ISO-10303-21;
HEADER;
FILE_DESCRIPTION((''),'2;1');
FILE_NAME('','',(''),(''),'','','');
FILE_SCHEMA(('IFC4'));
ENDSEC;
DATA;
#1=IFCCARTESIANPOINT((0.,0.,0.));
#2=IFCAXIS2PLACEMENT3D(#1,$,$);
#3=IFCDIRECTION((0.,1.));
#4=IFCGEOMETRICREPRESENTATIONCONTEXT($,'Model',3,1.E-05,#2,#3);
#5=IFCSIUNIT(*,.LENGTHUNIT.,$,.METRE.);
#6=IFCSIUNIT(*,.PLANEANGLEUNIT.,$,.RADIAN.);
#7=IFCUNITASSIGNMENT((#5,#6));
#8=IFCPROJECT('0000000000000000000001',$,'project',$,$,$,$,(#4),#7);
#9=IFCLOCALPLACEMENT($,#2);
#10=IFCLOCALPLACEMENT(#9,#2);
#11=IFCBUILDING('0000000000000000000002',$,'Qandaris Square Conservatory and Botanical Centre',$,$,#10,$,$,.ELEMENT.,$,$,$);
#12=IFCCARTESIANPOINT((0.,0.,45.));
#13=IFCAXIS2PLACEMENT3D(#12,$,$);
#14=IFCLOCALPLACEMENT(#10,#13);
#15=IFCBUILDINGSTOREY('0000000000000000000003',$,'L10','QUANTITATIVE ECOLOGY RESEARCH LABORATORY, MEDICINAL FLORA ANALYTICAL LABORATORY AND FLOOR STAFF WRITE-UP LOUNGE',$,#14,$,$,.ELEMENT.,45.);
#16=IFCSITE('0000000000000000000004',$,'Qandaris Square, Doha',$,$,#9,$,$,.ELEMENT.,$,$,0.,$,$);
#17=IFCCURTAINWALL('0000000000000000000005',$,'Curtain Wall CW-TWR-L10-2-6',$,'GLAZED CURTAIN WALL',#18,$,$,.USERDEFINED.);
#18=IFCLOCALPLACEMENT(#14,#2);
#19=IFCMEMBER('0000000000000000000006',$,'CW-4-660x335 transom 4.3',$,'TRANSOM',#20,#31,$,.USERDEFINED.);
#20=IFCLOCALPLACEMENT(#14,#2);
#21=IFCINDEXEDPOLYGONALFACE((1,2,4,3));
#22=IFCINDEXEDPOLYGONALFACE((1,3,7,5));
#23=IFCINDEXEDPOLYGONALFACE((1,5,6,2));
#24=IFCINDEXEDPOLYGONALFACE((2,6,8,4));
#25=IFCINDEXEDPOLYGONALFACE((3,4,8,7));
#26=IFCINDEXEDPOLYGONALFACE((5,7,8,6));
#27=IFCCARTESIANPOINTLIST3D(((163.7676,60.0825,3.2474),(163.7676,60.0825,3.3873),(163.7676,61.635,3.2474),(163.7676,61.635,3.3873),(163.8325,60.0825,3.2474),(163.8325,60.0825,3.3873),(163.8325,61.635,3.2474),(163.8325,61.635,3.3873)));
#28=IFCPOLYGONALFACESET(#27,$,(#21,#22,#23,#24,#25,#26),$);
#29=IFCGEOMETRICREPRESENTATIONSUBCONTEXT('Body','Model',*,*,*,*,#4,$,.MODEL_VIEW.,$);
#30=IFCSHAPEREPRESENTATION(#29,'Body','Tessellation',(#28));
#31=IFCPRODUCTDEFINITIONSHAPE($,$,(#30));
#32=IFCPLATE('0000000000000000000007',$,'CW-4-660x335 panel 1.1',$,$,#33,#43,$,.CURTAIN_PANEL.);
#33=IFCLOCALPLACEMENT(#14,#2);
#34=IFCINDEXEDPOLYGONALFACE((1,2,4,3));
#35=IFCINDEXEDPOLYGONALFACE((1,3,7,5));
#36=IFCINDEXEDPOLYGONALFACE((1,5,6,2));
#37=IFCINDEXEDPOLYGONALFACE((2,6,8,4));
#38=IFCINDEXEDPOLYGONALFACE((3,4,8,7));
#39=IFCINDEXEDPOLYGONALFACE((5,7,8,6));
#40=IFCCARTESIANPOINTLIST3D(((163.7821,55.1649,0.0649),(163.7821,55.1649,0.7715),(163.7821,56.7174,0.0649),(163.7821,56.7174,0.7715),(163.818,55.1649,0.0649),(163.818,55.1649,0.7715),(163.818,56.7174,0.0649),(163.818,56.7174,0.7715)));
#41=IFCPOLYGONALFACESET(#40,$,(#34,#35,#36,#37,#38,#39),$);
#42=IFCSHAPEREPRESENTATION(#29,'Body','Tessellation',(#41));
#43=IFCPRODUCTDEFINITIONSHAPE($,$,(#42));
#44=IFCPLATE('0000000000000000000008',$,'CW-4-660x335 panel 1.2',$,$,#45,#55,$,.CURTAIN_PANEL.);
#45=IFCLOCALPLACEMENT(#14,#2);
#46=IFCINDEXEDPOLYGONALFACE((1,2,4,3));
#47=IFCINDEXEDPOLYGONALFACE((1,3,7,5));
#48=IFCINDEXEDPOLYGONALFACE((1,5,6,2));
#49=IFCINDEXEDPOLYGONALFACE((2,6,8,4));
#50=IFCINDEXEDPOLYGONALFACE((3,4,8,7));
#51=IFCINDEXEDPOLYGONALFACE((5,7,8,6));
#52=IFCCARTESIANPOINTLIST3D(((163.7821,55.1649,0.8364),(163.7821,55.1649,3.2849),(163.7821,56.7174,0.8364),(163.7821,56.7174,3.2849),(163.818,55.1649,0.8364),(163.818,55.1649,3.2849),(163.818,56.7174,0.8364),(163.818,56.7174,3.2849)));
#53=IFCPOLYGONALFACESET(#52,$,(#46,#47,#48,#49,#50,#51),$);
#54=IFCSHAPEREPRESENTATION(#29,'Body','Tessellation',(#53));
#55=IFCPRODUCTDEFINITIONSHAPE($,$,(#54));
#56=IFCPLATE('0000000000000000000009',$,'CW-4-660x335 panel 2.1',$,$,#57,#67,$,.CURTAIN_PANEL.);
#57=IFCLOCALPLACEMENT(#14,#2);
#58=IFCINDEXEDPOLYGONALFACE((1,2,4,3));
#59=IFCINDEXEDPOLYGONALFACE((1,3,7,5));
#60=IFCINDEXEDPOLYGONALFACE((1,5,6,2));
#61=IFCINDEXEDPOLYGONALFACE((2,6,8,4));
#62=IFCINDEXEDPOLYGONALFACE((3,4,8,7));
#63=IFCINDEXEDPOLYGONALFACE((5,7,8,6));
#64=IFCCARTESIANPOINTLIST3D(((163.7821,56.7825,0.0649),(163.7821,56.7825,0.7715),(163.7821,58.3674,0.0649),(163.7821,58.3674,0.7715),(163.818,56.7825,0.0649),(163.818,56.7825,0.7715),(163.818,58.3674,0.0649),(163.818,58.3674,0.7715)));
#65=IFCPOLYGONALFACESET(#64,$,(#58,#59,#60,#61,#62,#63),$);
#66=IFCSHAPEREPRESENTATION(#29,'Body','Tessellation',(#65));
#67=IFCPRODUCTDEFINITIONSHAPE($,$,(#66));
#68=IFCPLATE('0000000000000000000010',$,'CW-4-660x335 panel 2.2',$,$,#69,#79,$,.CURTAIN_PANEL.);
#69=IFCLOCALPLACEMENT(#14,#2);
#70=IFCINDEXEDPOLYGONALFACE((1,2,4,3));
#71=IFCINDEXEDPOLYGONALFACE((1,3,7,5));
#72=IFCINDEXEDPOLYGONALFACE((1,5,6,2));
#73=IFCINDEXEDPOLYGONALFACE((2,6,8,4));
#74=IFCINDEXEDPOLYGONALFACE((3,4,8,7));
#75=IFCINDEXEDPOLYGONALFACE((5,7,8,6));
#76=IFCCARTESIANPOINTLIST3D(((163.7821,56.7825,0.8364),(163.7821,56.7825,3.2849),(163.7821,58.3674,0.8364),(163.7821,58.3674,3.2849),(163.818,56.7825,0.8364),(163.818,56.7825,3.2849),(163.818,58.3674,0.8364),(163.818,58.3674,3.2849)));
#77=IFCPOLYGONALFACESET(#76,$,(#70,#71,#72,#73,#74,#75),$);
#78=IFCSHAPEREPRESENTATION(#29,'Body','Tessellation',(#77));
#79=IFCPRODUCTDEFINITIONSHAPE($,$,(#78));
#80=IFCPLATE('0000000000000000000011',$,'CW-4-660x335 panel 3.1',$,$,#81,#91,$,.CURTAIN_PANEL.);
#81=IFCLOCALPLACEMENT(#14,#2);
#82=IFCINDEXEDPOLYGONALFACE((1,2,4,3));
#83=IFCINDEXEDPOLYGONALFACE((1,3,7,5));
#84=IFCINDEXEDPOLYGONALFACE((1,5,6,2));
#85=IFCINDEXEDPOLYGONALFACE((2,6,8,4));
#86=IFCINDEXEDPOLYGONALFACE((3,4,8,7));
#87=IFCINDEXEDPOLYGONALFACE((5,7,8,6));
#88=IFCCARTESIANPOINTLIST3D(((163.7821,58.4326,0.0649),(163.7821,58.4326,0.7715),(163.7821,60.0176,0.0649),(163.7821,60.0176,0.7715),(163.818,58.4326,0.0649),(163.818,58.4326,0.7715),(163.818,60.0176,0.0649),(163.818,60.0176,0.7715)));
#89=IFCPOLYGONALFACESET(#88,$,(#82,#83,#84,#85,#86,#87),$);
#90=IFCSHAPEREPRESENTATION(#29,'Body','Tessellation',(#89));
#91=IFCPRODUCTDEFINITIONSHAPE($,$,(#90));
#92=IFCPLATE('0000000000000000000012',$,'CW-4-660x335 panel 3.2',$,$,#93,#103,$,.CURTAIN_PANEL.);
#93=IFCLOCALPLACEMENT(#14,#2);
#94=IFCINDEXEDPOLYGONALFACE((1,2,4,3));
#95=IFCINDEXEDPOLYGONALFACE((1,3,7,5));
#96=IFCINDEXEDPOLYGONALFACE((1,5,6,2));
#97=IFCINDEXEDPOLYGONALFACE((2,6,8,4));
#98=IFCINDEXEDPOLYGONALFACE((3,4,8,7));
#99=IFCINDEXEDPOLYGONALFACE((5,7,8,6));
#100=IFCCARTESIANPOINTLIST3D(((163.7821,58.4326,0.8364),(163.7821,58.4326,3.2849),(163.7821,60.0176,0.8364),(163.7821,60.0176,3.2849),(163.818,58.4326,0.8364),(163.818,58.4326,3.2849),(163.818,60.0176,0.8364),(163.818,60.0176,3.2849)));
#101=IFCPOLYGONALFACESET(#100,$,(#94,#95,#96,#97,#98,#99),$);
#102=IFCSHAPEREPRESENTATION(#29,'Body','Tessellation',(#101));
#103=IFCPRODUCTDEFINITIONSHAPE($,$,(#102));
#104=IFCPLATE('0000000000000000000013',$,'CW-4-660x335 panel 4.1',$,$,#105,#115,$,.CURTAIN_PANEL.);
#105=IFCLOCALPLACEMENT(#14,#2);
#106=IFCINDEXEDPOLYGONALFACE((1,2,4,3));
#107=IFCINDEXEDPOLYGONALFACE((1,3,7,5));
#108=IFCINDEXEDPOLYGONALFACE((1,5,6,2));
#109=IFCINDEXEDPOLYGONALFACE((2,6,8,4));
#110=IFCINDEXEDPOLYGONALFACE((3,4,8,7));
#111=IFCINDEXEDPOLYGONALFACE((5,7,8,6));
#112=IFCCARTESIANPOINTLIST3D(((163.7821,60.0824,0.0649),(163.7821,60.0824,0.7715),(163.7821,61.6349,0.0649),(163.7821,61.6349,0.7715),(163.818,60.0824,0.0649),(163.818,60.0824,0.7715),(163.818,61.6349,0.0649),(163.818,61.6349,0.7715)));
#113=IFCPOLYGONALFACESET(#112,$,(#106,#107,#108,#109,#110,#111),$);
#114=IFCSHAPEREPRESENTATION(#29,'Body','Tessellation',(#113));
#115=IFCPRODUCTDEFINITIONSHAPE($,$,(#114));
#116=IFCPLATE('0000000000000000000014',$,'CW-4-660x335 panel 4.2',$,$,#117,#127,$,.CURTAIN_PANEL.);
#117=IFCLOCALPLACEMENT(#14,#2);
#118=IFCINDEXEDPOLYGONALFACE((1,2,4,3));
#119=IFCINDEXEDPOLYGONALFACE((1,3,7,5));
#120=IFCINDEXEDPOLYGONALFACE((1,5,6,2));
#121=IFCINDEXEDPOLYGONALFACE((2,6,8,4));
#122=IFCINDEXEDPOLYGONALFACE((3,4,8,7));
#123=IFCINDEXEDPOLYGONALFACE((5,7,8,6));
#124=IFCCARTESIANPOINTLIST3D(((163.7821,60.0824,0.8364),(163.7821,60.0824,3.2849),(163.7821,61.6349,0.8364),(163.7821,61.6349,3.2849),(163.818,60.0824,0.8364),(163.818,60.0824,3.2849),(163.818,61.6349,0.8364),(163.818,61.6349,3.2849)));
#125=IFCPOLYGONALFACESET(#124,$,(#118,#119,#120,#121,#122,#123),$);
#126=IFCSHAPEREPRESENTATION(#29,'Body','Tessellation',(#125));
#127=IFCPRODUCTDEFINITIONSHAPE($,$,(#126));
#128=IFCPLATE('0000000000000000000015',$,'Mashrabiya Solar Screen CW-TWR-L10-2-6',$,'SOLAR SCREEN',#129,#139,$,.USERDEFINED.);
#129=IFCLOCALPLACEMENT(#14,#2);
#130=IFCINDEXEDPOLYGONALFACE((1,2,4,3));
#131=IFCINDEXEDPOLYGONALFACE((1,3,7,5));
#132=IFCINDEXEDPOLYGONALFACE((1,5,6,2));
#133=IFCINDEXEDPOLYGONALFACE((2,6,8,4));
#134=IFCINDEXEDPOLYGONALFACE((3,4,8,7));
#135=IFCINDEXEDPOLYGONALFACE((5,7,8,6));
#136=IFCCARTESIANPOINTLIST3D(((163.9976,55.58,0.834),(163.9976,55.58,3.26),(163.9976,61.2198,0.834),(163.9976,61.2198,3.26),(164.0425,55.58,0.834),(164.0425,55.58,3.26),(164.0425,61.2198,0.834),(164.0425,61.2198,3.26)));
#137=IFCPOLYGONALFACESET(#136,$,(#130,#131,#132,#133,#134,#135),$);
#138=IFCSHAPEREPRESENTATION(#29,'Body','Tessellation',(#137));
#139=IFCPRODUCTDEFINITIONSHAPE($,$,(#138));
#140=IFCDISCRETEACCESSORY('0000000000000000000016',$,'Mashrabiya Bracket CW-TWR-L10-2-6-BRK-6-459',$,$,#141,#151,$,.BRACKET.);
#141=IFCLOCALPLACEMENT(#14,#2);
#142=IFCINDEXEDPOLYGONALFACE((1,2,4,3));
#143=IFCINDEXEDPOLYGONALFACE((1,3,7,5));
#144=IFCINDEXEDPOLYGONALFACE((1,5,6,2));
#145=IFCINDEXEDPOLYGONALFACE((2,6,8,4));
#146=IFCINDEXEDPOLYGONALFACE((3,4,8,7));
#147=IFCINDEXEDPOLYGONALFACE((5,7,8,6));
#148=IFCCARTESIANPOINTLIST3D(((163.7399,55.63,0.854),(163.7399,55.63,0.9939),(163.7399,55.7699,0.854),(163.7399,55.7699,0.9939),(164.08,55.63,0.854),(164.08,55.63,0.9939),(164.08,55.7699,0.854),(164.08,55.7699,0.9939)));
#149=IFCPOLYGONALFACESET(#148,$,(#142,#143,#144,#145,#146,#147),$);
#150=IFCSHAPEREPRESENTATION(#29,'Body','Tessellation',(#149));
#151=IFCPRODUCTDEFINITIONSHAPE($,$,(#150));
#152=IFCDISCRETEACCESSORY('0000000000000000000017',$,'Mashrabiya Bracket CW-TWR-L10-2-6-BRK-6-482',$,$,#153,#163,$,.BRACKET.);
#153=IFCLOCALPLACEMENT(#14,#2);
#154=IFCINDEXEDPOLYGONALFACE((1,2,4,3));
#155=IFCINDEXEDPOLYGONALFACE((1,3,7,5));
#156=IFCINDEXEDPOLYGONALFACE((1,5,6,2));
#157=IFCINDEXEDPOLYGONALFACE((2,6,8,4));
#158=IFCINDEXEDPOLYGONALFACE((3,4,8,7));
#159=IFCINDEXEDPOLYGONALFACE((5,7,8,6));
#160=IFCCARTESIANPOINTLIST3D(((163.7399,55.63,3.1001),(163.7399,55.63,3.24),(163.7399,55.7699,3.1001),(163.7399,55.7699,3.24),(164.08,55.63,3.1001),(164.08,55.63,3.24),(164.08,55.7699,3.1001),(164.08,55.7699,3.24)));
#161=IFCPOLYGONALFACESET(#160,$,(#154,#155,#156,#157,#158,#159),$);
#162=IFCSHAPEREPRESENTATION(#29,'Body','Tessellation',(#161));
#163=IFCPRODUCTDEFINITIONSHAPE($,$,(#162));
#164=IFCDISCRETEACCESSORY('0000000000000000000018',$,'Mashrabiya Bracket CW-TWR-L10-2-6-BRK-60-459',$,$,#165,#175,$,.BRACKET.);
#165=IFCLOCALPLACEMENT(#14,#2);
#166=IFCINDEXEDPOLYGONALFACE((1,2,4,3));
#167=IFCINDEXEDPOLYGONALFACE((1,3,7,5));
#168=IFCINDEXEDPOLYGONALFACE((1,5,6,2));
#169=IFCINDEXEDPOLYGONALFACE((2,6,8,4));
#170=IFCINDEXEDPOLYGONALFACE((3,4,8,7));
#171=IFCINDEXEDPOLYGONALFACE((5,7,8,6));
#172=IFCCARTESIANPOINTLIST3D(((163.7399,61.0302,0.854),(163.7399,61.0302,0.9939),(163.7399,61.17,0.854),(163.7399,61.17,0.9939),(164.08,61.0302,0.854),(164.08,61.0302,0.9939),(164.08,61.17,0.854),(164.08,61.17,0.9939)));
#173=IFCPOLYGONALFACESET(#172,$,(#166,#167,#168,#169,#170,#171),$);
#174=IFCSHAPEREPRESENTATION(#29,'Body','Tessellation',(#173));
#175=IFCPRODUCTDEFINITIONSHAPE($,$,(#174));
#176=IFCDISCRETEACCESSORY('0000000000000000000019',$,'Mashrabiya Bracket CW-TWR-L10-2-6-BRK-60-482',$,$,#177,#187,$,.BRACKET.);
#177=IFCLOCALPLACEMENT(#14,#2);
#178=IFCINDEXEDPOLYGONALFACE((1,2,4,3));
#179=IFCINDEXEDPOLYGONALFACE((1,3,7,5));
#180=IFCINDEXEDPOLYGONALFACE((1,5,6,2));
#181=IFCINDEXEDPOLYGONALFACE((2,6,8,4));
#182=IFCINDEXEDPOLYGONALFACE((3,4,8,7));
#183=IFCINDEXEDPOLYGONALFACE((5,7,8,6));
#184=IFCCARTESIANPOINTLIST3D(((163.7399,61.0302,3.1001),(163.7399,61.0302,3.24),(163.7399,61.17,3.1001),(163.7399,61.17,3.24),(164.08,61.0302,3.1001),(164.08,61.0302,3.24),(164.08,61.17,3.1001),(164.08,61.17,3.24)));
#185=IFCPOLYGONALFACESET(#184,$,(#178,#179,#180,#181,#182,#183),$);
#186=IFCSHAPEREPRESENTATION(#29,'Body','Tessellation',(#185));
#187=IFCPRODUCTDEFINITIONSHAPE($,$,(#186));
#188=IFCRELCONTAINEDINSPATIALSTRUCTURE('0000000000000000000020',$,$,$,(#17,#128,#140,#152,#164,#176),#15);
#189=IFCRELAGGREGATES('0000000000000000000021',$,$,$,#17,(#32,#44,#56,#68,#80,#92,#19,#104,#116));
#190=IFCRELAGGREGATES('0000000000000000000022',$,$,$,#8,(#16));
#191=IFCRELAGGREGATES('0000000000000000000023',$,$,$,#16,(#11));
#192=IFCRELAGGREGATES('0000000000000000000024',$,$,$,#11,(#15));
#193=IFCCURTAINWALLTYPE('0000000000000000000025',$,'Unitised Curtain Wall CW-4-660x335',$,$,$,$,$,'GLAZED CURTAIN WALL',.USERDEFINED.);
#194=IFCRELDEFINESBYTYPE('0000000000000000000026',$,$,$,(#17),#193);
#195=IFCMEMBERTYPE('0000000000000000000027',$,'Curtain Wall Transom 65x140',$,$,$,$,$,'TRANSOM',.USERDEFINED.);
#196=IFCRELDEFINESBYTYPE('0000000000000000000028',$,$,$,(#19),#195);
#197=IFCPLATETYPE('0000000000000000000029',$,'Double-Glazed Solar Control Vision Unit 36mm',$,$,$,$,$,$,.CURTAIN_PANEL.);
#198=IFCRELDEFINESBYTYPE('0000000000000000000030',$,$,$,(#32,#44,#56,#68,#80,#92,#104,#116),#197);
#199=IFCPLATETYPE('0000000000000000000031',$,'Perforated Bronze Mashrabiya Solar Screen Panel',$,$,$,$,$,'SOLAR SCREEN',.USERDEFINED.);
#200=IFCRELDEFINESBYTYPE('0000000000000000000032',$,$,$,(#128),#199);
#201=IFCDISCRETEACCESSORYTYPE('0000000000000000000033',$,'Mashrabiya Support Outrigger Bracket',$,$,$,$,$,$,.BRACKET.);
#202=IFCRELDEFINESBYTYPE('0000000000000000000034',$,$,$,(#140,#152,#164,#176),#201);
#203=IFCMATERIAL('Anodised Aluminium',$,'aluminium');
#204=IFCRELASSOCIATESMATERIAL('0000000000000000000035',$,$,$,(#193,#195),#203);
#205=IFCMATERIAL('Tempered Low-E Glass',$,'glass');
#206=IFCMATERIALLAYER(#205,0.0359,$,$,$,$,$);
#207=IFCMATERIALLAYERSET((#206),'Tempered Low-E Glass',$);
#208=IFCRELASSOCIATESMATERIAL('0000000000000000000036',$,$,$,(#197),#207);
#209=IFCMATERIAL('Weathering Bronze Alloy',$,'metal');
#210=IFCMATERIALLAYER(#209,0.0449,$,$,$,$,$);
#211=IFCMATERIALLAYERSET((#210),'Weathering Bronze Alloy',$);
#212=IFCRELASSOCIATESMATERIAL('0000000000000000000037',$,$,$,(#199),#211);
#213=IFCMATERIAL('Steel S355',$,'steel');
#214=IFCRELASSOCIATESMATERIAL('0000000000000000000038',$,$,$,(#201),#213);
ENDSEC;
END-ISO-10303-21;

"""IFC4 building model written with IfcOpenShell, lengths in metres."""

from ifc_helpers import new_model, si_unit, direction, frame, origin, origin_2d, place, context, subcontext, project, spatial, rectangle, extrude, material, layer, layer_set, material_profile, profile_set, type_object, element, aggregate, save


model = new_model("IFC4")

# Units and contexts
model_context = context("Model", 3, precision=1e-05, world=origin(), true_north=direction((0.0, 1.0)))
body_context = subcontext(model_context, "Body", "Model", "MODEL_VIEW")
ifc_project = project(units=[si_unit("LENGTHUNIT", "METRE"), si_unit("PLANEANGLEUNIT", "RADIAN")], contexts=[model_context])

# Site, building, storey
site_placement = place(None, origin())
site = spatial("IfcSite", under=ifc_project, at=site_placement, Name="Qandaris Square, Doha", CompositionType="ELEMENT", RefElevation=0.0)
building_placement = place(site_placement, origin())
building = spatial("IfcBuilding", under=site, at=building_placement, Name="Qandaris Square Conservatory and Botanical Centre", CompositionType="ELEMENT")
storey_placement = place(building_placement, frame((0.0, 0.0, 45.0)))
storey = spatial("IfcBuildingStorey", under=building, at=storey_placement, Name="L10", Description="QUANTITATIVE ECOLOGY RESEARCH LABORATORY, MEDICINAL FLORA ANALYTICAL LABORATORY AND FLOOR STAFF WRITE-UP LOUNGE", CompositionType="ELEMENT", Elevation=45.0)

# Curtain wall, member, plates
ifc_material_1 = material(Name="Anodised Aluminium", Category="aluminium")
curtain_wall_type = type_object("IfcCurtainWallType", Name="Unitised Curtain Wall CW-4-660x335", ElementType="GLAZED CURTAIN WALL", PredefinedType="USERDEFINED", material=ifc_material_1)
curtain_wall_placement = place(storey_placement, origin())
curtain_wall = element("IfcCurtainWall", 1, at=curtain_wall_placement, inside=storey, type_object=curtain_wall_type, Name="Curtain Wall CW-TWR-L10-2-6", ObjectType="GLAZED CURTAIN WALL", PredefinedType="USERDEFINED")
ifc_material_profile_1 = material_profile(ifc_material_1, rectangle(XDim=0.0649, YDim=0.1399, at=origin_2d()), Name="ALU-TRN 65x140")
ifc_profile_set_1 = profile_set([ifc_material_profile_1], Name="Anodised Aluminium")
member_type_1 = type_object("IfcMemberType", Name="Curtain Wall Transom 65x140", ElementType="TRANSOM", PredefinedType="USERDEFINED", material=ifc_profile_set_1)
member_1_placement = place(storey_placement, frame((163.8, 60.0825, 3.3174), z_axis=(0.0, 1.0, 0.0), x_axis=(-1.0, 0.0, 0.0)))
member_1 = element("IfcMember", 2, at=member_1_placement, type_object=member_type_1, Name="CW-4-660x335 transom 4.3", ObjectType="TRANSOM", PredefinedType="USERDEFINED", context=body_context, shape_type="SweptSolid", body=[
    extrude(rectangle(XDim=0.0649, YDim=0.1399, at=origin_2d()), origin(), (0.0, 0.0, 1.0), 1.5525),
])
ifc_material_2 = material(Name="Tempered Low-E Glass", Category="glass")
ifc_layer_1 = layer(ifc_material_2, 0.0359)
ifc_layer_set_1 = layer_set([ifc_layer_1], Name="Tempered Low-E Glass")
plate_type_1 = type_object("IfcPlateType", Name="Double-Glazed Solar Control Vision Unit 36mm", PredefinedType="CURTAIN_PANEL", material=ifc_layer_set_1)
plate_1_placement = place(storey_placement, frame((163.8, 55.9412, 0.0649), z_axis=(0.0, 0.0, 1.0), x_axis=(0.0, 1.0, 0.0)))
plate_1 = element("IfcPlate", 3, at=plate_1_placement, type_object=plate_type_1, Name="CW-4-660x335 panel 1.1", PredefinedType="CURTAIN_PANEL", context=body_context, shape_type="SweptSolid", body=[
    extrude(rectangle(XDim=1.5525, YDim=0.0359, at=origin_2d()), origin(), (0.0, 0.0, 1.0), 0.7065),
])
plate_2_placement = place(storey_placement, frame((163.8, 55.9412, 0.8364), z_axis=(0.0, 0.0, 1.0), x_axis=(0.0, 1.0, 0.0)))
plate_2 = element("IfcPlate", 4, at=plate_2_placement, type_object=plate_type_1, Name="CW-4-660x335 panel 1.2", PredefinedType="CURTAIN_PANEL", context=body_context, shape_type="SweptSolid", body=[
    extrude(rectangle(XDim=1.5525, YDim=0.0359, at=origin_2d()), origin(), (0.0, 0.0, 1.0), 2.4485),
])
plate_3_placement = place(storey_placement, frame((163.8, 57.575, 0.0649), z_axis=(0.0, 0.0, 1.0), x_axis=(0.0, 1.0, 0.0)))
plate_3 = element("IfcPlate", 5, at=plate_3_placement, type_object=plate_type_1, Name="CW-4-660x335 panel 2.1", PredefinedType="CURTAIN_PANEL", context=body_context, shape_type="SweptSolid", body=[
    extrude(rectangle(XDim=1.585, YDim=0.0359, at=origin_2d()), origin(), (0.0, 0.0, 1.0), 0.7065),
])
plate_4_placement = place(storey_placement, frame((163.8, 57.575, 0.8364), z_axis=(0.0, 0.0, 1.0), x_axis=(0.0, 1.0, 0.0)))
plate_4 = element("IfcPlate", 6, at=plate_4_placement, type_object=plate_type_1, Name="CW-4-660x335 panel 2.2", PredefinedType="CURTAIN_PANEL", context=body_context, shape_type="SweptSolid", body=[
    extrude(rectangle(XDim=1.585, YDim=0.0359, at=origin_2d()), origin(), (0.0, 0.0, 1.0), 2.4485),
])
plate_5_placement = place(storey_placement, frame((163.8, 59.2251, 0.0649), z_axis=(0.0, 0.0, 1.0), x_axis=(0.0, 1.0, 0.0)))
plate_5 = element("IfcPlate", 7, at=plate_5_placement, type_object=plate_type_1, Name="CW-4-660x335 panel 3.1", PredefinedType="CURTAIN_PANEL", context=body_context, shape_type="SweptSolid", body=[
    extrude(rectangle(XDim=1.585, YDim=0.0359, at=origin_2d()), origin(), (0.0, 0.0, 1.0), 0.7065),
])
plate_6_placement = place(storey_placement, frame((163.8, 59.2251, 0.8364), z_axis=(0.0, 0.0, 1.0), x_axis=(0.0, 1.0, 0.0)))
plate_6 = element("IfcPlate", 8, at=plate_6_placement, type_object=plate_type_1, Name="CW-4-660x335 panel 3.2", PredefinedType="CURTAIN_PANEL", context=body_context, shape_type="SweptSolid", body=[
    extrude(rectangle(XDim=1.585, YDim=0.0359, at=origin_2d()), origin(), (0.0, 0.0, 1.0), 2.4485),
])
plate_7_placement = place(storey_placement, frame((163.8, 60.8586, 0.0649), z_axis=(0.0, 0.0, 1.0), x_axis=(0.0, 1.0, 0.0)))
plate_7 = element("IfcPlate", 9, at=plate_7_placement, type_object=plate_type_1, Name="CW-4-660x335 panel 4.1", PredefinedType="CURTAIN_PANEL", context=body_context, shape_type="SweptSolid", body=[
    extrude(rectangle(XDim=1.5525, YDim=0.0359, at=origin_2d()), origin(), (0.0, 0.0, 1.0), 0.7065),
])
plate_8_placement = place(storey_placement, frame((163.8, 60.8586, 0.8364), z_axis=(0.0, 0.0, 1.0), x_axis=(0.0, 1.0, 0.0)))
plate_8 = element("IfcPlate", 10, at=plate_8_placement, type_object=plate_type_1, Name="CW-4-660x335 panel 4.2", PredefinedType="CURTAIN_PANEL", context=body_context, shape_type="SweptSolid", body=[
    extrude(rectangle(XDim=1.5525, YDim=0.0359, at=origin_2d()), origin(), (0.0, 0.0, 1.0), 2.4485),
])
aggregate(curtain_wall, [plate_1, plate_2, plate_3, plate_4, plate_5, plate_6, member_1, plate_7, plate_8])

# Plate
ifc_material_3 = material(Name="Weathering Bronze Alloy", Category="metal")
ifc_layer_2 = layer(ifc_material_3, 0.0449)
ifc_layer_set_2 = layer_set([ifc_layer_2], Name="Weathering Bronze Alloy")
plate_type_2 = type_object("IfcPlateType", Name="Perforated Bronze Mashrabiya Solar Screen Panel", ElementType="SOLAR SCREEN", PredefinedType="USERDEFINED", material=ifc_layer_set_2)
plate_9_placement = place(storey_placement, frame((164.02, 58.3999, 0.834), z_axis=(0.0, 0.0, 1.0), x_axis=(0.0, 1.0, 0.0)))
element("IfcPlate", 11, at=plate_9_placement, inside=storey, type_object=plate_type_2, Name="Mashrabiya Solar Screen CW-TWR-L10-2-6", ObjectType="SOLAR SCREEN", PredefinedType="USERDEFINED", context=body_context, shape_type="SweptSolid", body=[
    extrude(rectangle(XDim=5.6399, YDim=0.0449, at=origin_2d()), origin(), (0.0, 0.0, 1.0), 2.426),
])

# Discrete accessories
ifc_material_4 = material(Name="Steel S355", Category="steel")
discrete_accessory_type = type_object("IfcDiscreteAccessoryType", Name="Mashrabiya Support Outrigger Bracket", PredefinedType="BRACKET", material=ifc_material_4)
for number, where, z_axis, x_axis, name in (
    (12, (163.9099, 55.7, 0.854), (0.0, 0.0, 1.0), (0.0, 1.0, 0.0), "Mashrabiya Bracket CW-TWR-L10-2-6-BRK-6-459"),
    (13, (163.9099, 55.7, 3.1001), (0.0, 0.0, 1.0), (0.0, 1.0, 0.0), "Mashrabiya Bracket CW-TWR-L10-2-6-BRK-6-482"),
    (14, (163.9099, 61.1001, 0.854), (0.0, 0.0, 1.0), (0.0, 1.0, 0.0), "Mashrabiya Bracket CW-TWR-L10-2-6-BRK-60-459"),
    (15, (163.9099, 61.1001, 3.1001), (0.0, 0.0, 1.0), (0.0, 1.0, 0.0), "Mashrabiya Bracket CW-TWR-L10-2-6-BRK-60-482"),
):
    element("IfcDiscreteAccessory", number, at=place(storey_placement, frame(where, z_axis=z_axis, x_axis=x_axis)), inside=storey, type_object=discrete_accessory_type, Name=name, PredefinedType="BRACKET", context=body_context, shape_type="SweptSolid", body=[
        extrude(rectangle(XDim=0.1399, YDim=0.3401, at=origin_2d()), origin(), (0.0, 0.0, 1.0), 0.1399),
    ])

save(model, "model.ifc")
